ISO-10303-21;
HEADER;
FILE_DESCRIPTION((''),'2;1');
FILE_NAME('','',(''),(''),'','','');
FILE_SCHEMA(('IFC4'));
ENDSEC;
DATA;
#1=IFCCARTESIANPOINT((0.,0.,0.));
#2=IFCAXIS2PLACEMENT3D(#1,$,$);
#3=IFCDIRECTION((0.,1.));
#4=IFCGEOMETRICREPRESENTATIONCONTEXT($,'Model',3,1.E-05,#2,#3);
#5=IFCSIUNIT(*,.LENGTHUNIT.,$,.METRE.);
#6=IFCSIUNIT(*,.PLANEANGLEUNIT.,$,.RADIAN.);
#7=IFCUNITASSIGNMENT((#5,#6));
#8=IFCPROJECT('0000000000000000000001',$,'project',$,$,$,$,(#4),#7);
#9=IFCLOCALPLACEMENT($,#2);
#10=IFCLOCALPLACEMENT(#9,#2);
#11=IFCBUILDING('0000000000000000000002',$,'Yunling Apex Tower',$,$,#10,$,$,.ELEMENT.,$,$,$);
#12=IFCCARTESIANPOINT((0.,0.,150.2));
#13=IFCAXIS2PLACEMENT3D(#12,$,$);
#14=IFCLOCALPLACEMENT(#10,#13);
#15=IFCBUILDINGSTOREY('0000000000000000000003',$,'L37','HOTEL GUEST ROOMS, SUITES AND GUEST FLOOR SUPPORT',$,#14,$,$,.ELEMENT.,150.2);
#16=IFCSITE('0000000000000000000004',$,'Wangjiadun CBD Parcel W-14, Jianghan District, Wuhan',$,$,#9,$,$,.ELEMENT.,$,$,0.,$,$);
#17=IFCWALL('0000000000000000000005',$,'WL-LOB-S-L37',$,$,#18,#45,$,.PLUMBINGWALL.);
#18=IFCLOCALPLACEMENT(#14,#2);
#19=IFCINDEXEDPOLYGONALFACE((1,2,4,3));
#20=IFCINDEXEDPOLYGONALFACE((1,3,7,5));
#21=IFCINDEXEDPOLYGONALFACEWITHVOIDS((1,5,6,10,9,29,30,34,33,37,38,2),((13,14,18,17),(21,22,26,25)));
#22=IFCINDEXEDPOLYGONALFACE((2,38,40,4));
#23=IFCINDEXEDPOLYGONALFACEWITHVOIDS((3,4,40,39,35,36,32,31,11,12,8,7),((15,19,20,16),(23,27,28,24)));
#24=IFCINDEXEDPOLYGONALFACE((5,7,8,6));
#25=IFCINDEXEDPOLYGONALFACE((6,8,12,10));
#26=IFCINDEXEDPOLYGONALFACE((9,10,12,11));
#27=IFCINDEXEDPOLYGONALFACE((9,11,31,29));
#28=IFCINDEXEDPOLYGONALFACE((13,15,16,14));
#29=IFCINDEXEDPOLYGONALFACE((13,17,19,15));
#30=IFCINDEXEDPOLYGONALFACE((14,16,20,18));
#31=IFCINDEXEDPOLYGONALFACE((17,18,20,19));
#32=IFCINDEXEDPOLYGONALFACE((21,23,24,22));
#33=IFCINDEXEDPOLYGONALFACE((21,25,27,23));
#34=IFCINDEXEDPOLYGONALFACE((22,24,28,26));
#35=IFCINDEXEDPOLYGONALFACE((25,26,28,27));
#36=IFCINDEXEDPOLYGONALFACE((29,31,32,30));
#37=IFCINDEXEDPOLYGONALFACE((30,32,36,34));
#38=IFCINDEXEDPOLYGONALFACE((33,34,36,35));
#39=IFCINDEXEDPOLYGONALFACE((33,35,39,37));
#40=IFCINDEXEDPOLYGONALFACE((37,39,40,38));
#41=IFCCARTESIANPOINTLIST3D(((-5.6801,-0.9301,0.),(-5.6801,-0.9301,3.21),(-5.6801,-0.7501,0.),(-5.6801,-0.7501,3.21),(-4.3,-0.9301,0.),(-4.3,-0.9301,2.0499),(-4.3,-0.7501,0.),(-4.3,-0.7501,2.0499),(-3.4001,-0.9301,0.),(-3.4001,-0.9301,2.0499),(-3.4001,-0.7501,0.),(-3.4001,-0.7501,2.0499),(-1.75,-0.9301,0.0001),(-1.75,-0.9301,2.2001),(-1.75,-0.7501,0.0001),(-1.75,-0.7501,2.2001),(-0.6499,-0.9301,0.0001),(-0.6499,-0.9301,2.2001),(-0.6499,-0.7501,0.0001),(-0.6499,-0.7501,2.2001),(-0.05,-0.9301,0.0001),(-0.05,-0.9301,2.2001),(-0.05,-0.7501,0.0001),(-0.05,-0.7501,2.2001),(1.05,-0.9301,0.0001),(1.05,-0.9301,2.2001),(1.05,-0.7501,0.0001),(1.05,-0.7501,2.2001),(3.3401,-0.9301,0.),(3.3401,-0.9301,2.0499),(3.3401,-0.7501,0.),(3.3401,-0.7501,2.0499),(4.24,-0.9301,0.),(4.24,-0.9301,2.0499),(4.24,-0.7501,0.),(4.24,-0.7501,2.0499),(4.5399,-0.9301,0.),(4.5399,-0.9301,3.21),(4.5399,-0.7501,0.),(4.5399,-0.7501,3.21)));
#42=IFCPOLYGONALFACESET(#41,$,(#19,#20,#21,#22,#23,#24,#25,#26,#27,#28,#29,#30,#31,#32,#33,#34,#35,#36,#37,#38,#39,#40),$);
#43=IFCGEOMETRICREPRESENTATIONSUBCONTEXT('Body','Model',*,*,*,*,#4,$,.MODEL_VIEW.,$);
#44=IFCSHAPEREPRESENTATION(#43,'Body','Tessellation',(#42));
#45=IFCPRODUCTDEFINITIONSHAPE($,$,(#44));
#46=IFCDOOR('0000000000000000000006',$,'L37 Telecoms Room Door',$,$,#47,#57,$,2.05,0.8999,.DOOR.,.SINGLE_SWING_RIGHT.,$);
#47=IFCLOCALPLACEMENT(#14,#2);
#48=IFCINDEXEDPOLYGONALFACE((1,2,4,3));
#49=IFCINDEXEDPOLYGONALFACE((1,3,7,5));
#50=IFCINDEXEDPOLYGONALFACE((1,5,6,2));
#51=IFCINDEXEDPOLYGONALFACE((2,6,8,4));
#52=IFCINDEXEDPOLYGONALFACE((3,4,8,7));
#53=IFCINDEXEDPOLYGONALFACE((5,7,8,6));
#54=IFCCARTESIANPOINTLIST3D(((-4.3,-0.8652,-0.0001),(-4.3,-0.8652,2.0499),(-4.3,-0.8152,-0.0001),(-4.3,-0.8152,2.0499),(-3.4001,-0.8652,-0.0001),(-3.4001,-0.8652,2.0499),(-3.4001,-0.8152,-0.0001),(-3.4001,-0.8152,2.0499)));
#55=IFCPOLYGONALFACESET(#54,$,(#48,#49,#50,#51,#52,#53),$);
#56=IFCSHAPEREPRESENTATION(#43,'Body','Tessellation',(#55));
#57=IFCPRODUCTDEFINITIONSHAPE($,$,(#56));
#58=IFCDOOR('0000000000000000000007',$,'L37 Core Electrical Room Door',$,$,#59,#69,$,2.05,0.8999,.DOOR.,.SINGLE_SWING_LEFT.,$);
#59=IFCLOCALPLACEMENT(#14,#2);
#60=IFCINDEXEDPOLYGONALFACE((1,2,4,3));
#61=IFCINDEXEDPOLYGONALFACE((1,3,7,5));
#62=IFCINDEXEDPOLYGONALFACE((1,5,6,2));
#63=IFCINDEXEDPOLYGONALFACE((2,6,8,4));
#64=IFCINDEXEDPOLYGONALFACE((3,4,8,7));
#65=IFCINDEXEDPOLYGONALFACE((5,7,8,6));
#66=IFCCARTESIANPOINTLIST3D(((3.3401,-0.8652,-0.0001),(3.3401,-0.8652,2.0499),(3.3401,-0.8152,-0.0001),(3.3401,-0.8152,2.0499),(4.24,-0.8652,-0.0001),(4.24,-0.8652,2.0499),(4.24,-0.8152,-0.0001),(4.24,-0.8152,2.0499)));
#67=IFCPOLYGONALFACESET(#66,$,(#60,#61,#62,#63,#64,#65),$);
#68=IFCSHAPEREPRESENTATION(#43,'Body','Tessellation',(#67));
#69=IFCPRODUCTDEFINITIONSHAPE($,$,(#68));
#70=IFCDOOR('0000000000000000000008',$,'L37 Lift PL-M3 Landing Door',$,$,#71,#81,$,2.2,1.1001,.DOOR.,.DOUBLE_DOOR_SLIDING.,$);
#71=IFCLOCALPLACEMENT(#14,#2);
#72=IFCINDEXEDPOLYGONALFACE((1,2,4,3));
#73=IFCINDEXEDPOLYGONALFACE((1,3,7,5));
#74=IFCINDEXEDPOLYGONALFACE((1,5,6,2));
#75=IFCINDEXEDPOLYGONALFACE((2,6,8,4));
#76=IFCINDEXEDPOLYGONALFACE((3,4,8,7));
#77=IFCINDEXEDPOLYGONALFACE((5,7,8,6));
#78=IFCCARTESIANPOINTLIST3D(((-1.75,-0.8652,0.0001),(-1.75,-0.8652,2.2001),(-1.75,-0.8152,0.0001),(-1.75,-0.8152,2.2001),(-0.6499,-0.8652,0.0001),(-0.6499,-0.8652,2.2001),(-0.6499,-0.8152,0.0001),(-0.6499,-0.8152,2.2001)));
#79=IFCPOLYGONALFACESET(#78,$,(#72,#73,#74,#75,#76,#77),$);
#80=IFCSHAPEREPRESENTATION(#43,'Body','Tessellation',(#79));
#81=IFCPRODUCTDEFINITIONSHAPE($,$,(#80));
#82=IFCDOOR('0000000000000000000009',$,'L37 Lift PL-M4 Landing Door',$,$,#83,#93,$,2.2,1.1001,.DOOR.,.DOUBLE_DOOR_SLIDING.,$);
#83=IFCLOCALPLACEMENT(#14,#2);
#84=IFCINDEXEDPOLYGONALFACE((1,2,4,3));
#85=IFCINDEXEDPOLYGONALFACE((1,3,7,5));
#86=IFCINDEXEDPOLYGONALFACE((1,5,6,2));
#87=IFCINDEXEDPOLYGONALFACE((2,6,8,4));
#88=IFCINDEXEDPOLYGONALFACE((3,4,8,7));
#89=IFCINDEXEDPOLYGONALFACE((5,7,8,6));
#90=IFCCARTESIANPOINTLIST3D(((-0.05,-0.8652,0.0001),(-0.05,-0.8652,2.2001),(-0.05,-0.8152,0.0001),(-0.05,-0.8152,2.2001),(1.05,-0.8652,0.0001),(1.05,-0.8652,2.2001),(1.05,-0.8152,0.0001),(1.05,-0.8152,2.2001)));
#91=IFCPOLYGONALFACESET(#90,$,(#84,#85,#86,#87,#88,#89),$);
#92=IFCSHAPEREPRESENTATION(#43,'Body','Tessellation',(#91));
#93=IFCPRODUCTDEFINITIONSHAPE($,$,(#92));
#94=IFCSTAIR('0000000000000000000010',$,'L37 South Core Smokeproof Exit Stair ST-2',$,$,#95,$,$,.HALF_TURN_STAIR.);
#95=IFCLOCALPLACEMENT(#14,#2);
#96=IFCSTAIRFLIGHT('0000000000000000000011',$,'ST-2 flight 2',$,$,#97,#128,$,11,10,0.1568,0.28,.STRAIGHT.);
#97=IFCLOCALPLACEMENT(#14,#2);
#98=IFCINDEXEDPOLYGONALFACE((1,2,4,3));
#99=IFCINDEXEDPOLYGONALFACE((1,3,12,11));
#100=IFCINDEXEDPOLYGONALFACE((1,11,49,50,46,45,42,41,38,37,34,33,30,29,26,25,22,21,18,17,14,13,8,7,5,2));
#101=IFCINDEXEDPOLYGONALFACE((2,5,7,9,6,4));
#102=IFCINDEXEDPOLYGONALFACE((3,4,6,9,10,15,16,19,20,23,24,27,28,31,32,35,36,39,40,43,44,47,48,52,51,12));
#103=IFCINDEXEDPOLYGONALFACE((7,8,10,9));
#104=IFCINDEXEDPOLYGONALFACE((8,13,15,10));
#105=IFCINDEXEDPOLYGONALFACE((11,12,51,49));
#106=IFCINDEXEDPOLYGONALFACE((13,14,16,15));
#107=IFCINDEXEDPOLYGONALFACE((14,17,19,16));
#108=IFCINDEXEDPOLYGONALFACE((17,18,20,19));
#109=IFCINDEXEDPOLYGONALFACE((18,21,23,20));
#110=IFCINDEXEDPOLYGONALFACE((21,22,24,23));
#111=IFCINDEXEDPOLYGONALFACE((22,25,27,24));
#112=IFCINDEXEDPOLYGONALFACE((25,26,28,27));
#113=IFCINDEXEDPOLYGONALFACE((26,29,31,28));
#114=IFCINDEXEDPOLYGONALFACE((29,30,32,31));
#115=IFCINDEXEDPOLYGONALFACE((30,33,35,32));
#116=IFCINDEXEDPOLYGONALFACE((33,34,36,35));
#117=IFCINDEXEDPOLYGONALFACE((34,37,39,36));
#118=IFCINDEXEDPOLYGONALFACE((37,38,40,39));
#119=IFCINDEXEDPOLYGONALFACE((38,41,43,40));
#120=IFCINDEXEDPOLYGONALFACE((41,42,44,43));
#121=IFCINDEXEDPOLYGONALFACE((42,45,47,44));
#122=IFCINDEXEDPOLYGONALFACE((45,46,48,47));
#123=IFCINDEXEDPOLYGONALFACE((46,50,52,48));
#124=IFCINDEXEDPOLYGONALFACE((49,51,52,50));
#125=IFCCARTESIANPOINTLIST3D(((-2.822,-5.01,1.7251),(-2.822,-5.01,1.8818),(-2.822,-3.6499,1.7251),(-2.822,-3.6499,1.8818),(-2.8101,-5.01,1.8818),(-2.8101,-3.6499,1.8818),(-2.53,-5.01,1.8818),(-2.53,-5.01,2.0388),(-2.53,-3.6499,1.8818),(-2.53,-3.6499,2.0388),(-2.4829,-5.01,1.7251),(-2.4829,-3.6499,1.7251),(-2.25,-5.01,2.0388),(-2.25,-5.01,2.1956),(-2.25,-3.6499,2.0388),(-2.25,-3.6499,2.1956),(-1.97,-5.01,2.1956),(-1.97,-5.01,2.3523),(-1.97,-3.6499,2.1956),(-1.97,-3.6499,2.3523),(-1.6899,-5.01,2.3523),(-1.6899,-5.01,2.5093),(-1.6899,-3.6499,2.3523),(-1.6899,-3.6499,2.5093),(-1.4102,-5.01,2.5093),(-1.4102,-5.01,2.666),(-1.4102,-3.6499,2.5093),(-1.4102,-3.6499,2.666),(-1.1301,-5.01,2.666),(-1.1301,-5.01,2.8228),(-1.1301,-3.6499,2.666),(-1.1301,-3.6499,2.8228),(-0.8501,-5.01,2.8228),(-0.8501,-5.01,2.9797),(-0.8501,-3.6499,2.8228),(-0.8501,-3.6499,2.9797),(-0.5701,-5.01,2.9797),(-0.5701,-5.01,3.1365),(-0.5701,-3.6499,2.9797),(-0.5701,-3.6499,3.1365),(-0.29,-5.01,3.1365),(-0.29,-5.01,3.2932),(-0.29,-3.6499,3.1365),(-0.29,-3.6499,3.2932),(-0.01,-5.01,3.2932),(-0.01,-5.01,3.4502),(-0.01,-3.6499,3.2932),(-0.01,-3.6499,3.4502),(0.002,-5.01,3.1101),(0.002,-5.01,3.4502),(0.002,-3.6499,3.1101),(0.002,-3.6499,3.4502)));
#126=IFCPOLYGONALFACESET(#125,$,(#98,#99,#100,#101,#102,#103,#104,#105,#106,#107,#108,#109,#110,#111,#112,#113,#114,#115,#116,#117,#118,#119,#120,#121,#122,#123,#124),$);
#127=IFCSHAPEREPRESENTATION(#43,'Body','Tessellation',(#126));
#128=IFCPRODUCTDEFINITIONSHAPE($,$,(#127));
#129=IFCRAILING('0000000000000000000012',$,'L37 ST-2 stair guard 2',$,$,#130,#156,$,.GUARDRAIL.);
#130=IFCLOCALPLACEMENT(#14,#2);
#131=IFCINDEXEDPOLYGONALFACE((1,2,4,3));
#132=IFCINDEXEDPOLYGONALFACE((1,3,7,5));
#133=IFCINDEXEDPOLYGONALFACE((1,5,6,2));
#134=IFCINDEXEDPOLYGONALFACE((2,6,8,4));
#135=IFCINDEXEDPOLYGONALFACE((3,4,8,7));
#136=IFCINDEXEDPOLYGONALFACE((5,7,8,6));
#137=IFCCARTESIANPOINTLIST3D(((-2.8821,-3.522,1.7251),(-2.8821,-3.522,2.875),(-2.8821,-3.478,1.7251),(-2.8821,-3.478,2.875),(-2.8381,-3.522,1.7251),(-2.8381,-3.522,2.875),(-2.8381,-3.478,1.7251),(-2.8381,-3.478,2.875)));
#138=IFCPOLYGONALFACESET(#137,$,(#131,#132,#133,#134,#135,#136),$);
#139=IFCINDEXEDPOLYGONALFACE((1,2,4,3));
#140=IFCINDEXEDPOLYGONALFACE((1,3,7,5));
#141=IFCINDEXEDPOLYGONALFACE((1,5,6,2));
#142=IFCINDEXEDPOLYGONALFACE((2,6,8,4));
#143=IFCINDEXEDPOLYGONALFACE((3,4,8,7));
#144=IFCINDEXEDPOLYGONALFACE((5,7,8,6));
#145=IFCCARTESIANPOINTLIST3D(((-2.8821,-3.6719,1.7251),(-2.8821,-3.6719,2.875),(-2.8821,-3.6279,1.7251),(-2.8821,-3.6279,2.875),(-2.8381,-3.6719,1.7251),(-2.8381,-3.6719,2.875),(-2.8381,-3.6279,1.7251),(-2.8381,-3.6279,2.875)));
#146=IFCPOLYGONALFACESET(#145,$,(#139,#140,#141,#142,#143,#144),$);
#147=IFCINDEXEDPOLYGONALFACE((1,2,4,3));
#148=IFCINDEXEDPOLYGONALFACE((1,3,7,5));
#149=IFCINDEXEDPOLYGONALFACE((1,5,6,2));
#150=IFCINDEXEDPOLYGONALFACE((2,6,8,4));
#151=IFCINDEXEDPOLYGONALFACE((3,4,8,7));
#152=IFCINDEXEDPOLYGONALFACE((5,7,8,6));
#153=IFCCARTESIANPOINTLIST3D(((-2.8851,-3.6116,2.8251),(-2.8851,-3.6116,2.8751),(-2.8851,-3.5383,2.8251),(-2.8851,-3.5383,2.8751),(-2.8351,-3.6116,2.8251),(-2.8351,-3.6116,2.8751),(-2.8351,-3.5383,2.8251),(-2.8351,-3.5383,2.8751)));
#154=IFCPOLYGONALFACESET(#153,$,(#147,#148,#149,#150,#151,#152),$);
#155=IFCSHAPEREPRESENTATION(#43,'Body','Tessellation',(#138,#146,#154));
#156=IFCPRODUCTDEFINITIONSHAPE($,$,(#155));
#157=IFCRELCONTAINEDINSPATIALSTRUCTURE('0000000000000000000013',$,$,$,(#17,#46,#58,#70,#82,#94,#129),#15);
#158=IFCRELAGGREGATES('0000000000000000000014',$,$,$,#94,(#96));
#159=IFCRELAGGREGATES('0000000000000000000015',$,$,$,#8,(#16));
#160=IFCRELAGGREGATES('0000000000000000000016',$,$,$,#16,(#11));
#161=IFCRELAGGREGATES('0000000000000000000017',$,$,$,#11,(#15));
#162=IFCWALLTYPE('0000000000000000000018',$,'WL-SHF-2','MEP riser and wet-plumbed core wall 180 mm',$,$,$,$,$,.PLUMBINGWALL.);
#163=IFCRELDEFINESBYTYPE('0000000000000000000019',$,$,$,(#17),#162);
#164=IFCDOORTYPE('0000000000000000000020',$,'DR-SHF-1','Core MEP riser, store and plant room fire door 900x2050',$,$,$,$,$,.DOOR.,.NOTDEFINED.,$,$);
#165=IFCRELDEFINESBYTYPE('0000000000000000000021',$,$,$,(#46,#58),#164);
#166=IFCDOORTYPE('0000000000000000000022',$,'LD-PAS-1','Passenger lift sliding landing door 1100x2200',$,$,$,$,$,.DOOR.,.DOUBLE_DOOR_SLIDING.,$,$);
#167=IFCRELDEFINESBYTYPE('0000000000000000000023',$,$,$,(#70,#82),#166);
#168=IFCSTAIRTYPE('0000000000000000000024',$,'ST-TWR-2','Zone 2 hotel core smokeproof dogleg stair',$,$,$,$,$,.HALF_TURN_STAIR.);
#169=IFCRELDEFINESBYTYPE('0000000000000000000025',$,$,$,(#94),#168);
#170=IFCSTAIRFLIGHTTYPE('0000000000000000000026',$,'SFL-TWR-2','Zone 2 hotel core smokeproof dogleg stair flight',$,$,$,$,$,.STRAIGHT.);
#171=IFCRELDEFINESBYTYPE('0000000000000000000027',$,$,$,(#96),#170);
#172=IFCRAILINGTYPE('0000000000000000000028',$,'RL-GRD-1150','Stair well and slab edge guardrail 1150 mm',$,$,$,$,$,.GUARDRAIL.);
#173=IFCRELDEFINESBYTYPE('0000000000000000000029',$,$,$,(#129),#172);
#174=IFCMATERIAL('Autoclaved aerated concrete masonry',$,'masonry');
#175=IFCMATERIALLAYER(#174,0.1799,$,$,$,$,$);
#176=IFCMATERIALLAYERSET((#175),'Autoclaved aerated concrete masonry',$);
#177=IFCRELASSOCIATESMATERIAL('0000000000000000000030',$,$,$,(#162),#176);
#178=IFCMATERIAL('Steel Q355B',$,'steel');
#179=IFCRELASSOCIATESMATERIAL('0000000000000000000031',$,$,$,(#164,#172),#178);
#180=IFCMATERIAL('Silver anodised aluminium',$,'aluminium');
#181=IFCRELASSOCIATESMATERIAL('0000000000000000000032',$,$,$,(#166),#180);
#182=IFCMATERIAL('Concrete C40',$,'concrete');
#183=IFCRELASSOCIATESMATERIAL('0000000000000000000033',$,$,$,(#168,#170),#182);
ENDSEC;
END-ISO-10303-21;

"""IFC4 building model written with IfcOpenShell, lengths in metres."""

from ifc_helpers import new_model, si_unit, direction, frame, frame_2d, origin, origin_2d, place, context, subcontext, project, spatial, polyline, rectangle, outline, extrude, material, layer, layer_set, type_object, element, fill, aggregate, save


model = new_model("IFC4")

# Units and contexts
model_context = context("Model", 3, precision=1e-05, world=origin(), true_north=direction((0.0, 1.0)))
body_context = subcontext(model_context, "Body", "Model", "MODEL_VIEW")
ifc_project = project(units=[si_unit("LENGTHUNIT", "METRE"), si_unit("PLANEANGLEUNIT", "RADIAN")], contexts=[model_context])

# Site, building, storey
site_placement = place(None, origin())
site = spatial("IfcSite", under=ifc_project, at=site_placement, Name="Wangjiadun CBD Parcel W-14, Jianghan District, Wuhan", CompositionType="ELEMENT", RefElevation=0.0)
building_placement = place(site_placement, origin())
building = spatial("IfcBuilding", under=site, at=building_placement, Name="Yunling Apex Tower", CompositionType="ELEMENT")
storey_placement = place(building_placement, frame((0.0, 0.0, 150.2)))
storey = spatial("IfcBuildingStorey", under=building, at=storey_placement, Name="L37", Description="HOTEL GUEST ROOMS, SUITES AND GUEST FLOOR SUPPORT", CompositionType="ELEMENT", Elevation=150.2)

# Shared definitions
ifc_material_1 = material(Name="Steel Q355B", Category="steel")

# Shared definitions
ifc_material_2 = material(Name="Concrete C40", Category="concrete")

# Shared definitions
ifc_material_3 = material(Name="Autoclaved aerated concrete masonry", Category="masonry")

# Shared definitions
ifc_layer_1 = layer(ifc_material_3, 0.1799)
ifc_layer_set_1 = layer_set([ifc_layer_1], Name="Autoclaved aerated concrete masonry")
wall_type_1 = type_object("IfcWallType", Name="WL-SHF-2", Description="MEP riser and wet-plumbed core wall 180 mm", PredefinedType="PLUMBINGWALL", material=ifc_layer_set_1)

# Wall, openings, doors
wall_1_placement = place(storey_placement, frame((-5.6799, -0.8401, 0.0), z_axis=(0.0, 0.0, 1.0), x_axis=(1.0, 0.0, 0.0)))
wall_1 = element("IfcWall", 1, at=wall_1_placement, inside=storey, type_object=wall_type_1, Name="WL-LOB-S-L37", PredefinedType="PLUMBINGWALL", context=body_context, shape_type="SweptSolid", body=[
    extrude(rectangle(XDim=10.22, YDim=0.1799, at=frame_2d((5.1099, 0.0))), origin(), (0.0, 0.0, 1.0), 3.21),
])
opening_1_placement = place(wall_1_placement, frame((1.3799, 0.0, 0.0)))
opening_1 = element("IfcOpeningElement", 2, at=opening_1_placement, cuts=wall_1, PredefinedType="OPENING", context=body_context, shape_type="SweptSolid", body=[
    extrude(rectangle(XDim=0.8999, YDim=2.05, at=frame_2d((0.45, 1.0249))), frame((0.0, 0.1001, 0.0), z_axis=(0.0, -1.0, 0.0), x_axis=(1.0, 0.0, 0.0)), (0.0, 0.0, 1.0), 0.2),
])
opening_2_placement = place(wall_1_placement, frame((3.9299, 0.0, 0.0)))
opening_2 = element("IfcOpeningElement", 3, at=opening_2_placement, cuts=wall_1, PredefinedType="OPENING", context=body_context, shape_type="SweptSolid", body=[
    extrude(rectangle(XDim=1.1001, YDim=2.2, at=frame_2d((0.55, 1.1001))), frame((0.0, 0.1001, 0.0), z_axis=(0.0, -1.0, 0.0), x_axis=(1.0, 0.0, 0.0)), (0.0, 0.0, 1.0), 0.2),
])
opening_3_placement = place(wall_1_placement, frame((5.6299, 0.0, 0.0)))
opening_3 = element("IfcOpeningElement", 4, at=opening_3_placement, cuts=wall_1, PredefinedType="OPENING", context=body_context, shape_type="SweptSolid", body=[
    extrude(rectangle(XDim=1.1001, YDim=2.2, at=frame_2d((0.55, 1.1001))), frame((0.0, 0.1001, 0.0), z_axis=(0.0, -1.0, 0.0), x_axis=(1.0, 0.0, 0.0)), (0.0, 0.0, 1.0), 0.2),
])
opening_4_placement = place(wall_1_placement, frame((9.02, 0.0, 0.0)))
opening_4 = element("IfcOpeningElement", 5, at=opening_4_placement, cuts=wall_1, PredefinedType="OPENING", context=body_context, shape_type="SweptSolid", body=[
    extrude(rectangle(XDim=0.8999, YDim=2.05, at=frame_2d((0.45, 1.0249))), frame((0.0, 0.1001, 0.0), z_axis=(0.0, -1.0, 0.0), x_axis=(1.0, 0.0, 0.0)), (0.0, 0.0, 1.0), 0.2),
])
door_type_1 = type_object("IfcDoorType", Name="DR-SHF-1", Description="Core MEP riser, store and plant room fire door 900x2050", OperationType="NOTDEFINED", PredefinedType="DOOR", material=ifc_material_1)
door_1_placement = place(opening_1_placement, origin())
door_1 = element("IfcDoor", 6, at=door_1_placement, inside=storey, type_object=door_type_1, Name="L37 Telecoms Room Door", OperationType="SINGLE_SWING_RIGHT", OverallHeight=2.05, OverallWidth=0.8999, PredefinedType="DOOR", context=body_context, shape_type="SweptSolid", body=[
    extrude(rectangle(XDim=0.8999, YDim=2.05, at=frame_2d((0.45, 1.0249))), frame((0.0, 0.0249, 0.0), z_axis=(0.0, -1.0, 0.0), x_axis=(1.0, 0.0, 0.0)), (0.0, 0.0, 1.0), 0.05),
])
fill(opening_1, door_1)
door_2_placement = place(opening_4_placement, origin())
door_2 = element("IfcDoor", 7, at=door_2_placement, inside=storey, type_object=door_type_1, Name="L37 Core Electrical Room Door", OperationType="SINGLE_SWING_LEFT", OverallHeight=2.05, OverallWidth=0.8999, PredefinedType="DOOR", context=body_context, shape_type="SweptSolid", body=[
    extrude(rectangle(XDim=0.8999, YDim=2.05, at=frame_2d((0.45, 1.0249))), frame((0.0, 0.0249, 0.0), z_axis=(0.0, -1.0, 0.0), x_axis=(1.0, 0.0, 0.0)), (0.0, 0.0, 1.0), 0.05),
])
fill(opening_4, door_2)
ifc_material_4 = material(Name="Silver anodised aluminium", Category="aluminium")
door_type_2 = type_object("IfcDoorType", Name="LD-PAS-1", Description="Passenger lift sliding landing door 1100x2200", OperationType="DOUBLE_DOOR_SLIDING", PredefinedType="DOOR", material=ifc_material_4)
door_3_placement = place(opening_2_placement, origin())
door_3 = element("IfcDoor", 8, at=door_3_placement, inside=storey, type_object=door_type_2, Name="L37 Lift PL-M3 Landing Door", OperationType="DOUBLE_DOOR_SLIDING", OverallHeight=2.2, OverallWidth=1.1001, PredefinedType="DOOR", context=body_context, shape_type="SweptSolid", body=[
    extrude(rectangle(XDim=1.1001, YDim=2.2, at=frame_2d((0.55, 1.1001))), frame((0.0, 0.0249, 0.0), z_axis=(0.0, -1.0, 0.0), x_axis=(1.0, 0.0, 0.0)), (0.0, 0.0, 1.0), 0.05),
])
fill(opening_2, door_3)
door_4_placement = place(opening_3_placement, origin())
door_4 = element("IfcDoor", 9, at=door_4_placement, inside=storey, type_object=door_type_2, Name="L37 Lift PL-M4 Landing Door", OperationType="DOUBLE_DOOR_SLIDING", OverallHeight=2.2, OverallWidth=1.1001, PredefinedType="DOOR", context=body_context, shape_type="SweptSolid", body=[
    extrude(rectangle(XDim=1.1001, YDim=2.2, at=frame_2d((0.55, 1.1001))), frame((0.0, 0.0249, 0.0), z_axis=(0.0, -1.0, 0.0), x_axis=(1.0, 0.0, 0.0)), (0.0, 0.0, 1.0), 0.05),
])
fill(opening_3, door_4)

# Stair, stair flight
stair_type = type_object("IfcStairType", Name="ST-TWR-2", Description="Zone 2 hotel core smokeproof dogleg stair", PredefinedType="HALF_TURN_STAIR", material=ifc_material_2)
stair_placement = place(storey_placement, origin())
stair = element("IfcStair", 10, at=stair_placement, inside=storey, type_object=stair_type, Name="L37 South Core Smokeproof Exit Stair ST-2", PredefinedType="HALF_TURN_STAIR")
stair_flight_type = type_object("IfcStairFlightType", Name="SFL-TWR-2", Description="Zone 2 hotel core smokeproof dogleg stair flight", PredefinedType="STRAIGHT", material=ifc_material_2)
stair_flight_placement = place(storey_placement, frame((-2.8101, -4.3301, 1.7251), z_axis=(0.0, 0.0, 1.0), x_axis=(1.0, 0.0, 0.0)))
stair_flight = element("IfcStairFlight", 11, at=stair_flight_placement, type_object=stair_flight_type, Name="ST-2 flight 2", NumberOfRisers=11, NumberOfTreads=10, PredefinedType="STRAIGHT", RiserHeight=0.1568, TreadLength=0.28, context=body_context, shape_type="SweptSolid", body=[
    extrude(outline(polyline([(-0.012, 0.0), (-0.012, 0.1567), (0.0, 0.1567), (0.28, 0.1567), (0.28, 0.3137), (0.5601, 0.3137), (0.5601, 0.4705), (0.8401, 0.4705), (0.8401, 0.6272), (1.1201, 0.6272), (1.1201, 0.7842), (1.3999, 0.7842), (1.3999, 0.9409), (1.6799, 0.9409), (1.6799, 1.0977), (1.96, 1.0977), (1.96, 1.2546), (2.24, 1.2546), (2.24, 1.4114), (2.52, 1.4114), (2.52, 1.5681), (2.8, 1.5681), (2.8, 1.7251), (2.812, 1.7251), (2.812, 1.385), (0.3271, 0.0), (-0.012, 0.0)])), frame((0.0, 0.6802, 0.0), z_axis=(0.0, -1.0, 0.0), x_axis=(1.0, 0.0, 0.0)), (0.0, 0.0, 1.0), 1.3601),
])
aggregate(stair, [stair_flight])

# Railing
railing_type_1 = type_object("IfcRailingType", Name="RL-GRD-1150", Description="Stair well and slab edge guardrail 1150 mm", PredefinedType="GUARDRAIL", material=ifc_material_1)
railing_1_placement = place(storey_placement, frame((-2.8601, -3.5, 1.7251)))
element("IfcRailing", 12, at=railing_1_placement, inside=storey, type_object=railing_type_1, Name="L37 ST-2 stair guard 2", PredefinedType="GUARDRAIL", context=body_context, shape_type="SweptSolid", body=[
    extrude(rectangle(XDim=0.0439, YDim=0.0439, at=origin_2d()), origin(), (0.0, 0.0, 1.0), 1.1499),
    extrude(rectangle(XDim=0.0439, YDim=0.0439, at=origin_2d()), frame((0.0, -0.1499, 0.0)), (0.0, 0.0, 1.0), 1.1499),
    extrude(rectangle(XDim=0.05, YDim=0.05, at=origin_2d()), frame((0.0, -0.0383, 1.125), z_axis=(0.0, -1.0, 0.0), x_axis=(1.0, 0.0, 0.0)), (0.0, 0.0, 1.0), 0.0732),
])

save(model, "model.ifc")
